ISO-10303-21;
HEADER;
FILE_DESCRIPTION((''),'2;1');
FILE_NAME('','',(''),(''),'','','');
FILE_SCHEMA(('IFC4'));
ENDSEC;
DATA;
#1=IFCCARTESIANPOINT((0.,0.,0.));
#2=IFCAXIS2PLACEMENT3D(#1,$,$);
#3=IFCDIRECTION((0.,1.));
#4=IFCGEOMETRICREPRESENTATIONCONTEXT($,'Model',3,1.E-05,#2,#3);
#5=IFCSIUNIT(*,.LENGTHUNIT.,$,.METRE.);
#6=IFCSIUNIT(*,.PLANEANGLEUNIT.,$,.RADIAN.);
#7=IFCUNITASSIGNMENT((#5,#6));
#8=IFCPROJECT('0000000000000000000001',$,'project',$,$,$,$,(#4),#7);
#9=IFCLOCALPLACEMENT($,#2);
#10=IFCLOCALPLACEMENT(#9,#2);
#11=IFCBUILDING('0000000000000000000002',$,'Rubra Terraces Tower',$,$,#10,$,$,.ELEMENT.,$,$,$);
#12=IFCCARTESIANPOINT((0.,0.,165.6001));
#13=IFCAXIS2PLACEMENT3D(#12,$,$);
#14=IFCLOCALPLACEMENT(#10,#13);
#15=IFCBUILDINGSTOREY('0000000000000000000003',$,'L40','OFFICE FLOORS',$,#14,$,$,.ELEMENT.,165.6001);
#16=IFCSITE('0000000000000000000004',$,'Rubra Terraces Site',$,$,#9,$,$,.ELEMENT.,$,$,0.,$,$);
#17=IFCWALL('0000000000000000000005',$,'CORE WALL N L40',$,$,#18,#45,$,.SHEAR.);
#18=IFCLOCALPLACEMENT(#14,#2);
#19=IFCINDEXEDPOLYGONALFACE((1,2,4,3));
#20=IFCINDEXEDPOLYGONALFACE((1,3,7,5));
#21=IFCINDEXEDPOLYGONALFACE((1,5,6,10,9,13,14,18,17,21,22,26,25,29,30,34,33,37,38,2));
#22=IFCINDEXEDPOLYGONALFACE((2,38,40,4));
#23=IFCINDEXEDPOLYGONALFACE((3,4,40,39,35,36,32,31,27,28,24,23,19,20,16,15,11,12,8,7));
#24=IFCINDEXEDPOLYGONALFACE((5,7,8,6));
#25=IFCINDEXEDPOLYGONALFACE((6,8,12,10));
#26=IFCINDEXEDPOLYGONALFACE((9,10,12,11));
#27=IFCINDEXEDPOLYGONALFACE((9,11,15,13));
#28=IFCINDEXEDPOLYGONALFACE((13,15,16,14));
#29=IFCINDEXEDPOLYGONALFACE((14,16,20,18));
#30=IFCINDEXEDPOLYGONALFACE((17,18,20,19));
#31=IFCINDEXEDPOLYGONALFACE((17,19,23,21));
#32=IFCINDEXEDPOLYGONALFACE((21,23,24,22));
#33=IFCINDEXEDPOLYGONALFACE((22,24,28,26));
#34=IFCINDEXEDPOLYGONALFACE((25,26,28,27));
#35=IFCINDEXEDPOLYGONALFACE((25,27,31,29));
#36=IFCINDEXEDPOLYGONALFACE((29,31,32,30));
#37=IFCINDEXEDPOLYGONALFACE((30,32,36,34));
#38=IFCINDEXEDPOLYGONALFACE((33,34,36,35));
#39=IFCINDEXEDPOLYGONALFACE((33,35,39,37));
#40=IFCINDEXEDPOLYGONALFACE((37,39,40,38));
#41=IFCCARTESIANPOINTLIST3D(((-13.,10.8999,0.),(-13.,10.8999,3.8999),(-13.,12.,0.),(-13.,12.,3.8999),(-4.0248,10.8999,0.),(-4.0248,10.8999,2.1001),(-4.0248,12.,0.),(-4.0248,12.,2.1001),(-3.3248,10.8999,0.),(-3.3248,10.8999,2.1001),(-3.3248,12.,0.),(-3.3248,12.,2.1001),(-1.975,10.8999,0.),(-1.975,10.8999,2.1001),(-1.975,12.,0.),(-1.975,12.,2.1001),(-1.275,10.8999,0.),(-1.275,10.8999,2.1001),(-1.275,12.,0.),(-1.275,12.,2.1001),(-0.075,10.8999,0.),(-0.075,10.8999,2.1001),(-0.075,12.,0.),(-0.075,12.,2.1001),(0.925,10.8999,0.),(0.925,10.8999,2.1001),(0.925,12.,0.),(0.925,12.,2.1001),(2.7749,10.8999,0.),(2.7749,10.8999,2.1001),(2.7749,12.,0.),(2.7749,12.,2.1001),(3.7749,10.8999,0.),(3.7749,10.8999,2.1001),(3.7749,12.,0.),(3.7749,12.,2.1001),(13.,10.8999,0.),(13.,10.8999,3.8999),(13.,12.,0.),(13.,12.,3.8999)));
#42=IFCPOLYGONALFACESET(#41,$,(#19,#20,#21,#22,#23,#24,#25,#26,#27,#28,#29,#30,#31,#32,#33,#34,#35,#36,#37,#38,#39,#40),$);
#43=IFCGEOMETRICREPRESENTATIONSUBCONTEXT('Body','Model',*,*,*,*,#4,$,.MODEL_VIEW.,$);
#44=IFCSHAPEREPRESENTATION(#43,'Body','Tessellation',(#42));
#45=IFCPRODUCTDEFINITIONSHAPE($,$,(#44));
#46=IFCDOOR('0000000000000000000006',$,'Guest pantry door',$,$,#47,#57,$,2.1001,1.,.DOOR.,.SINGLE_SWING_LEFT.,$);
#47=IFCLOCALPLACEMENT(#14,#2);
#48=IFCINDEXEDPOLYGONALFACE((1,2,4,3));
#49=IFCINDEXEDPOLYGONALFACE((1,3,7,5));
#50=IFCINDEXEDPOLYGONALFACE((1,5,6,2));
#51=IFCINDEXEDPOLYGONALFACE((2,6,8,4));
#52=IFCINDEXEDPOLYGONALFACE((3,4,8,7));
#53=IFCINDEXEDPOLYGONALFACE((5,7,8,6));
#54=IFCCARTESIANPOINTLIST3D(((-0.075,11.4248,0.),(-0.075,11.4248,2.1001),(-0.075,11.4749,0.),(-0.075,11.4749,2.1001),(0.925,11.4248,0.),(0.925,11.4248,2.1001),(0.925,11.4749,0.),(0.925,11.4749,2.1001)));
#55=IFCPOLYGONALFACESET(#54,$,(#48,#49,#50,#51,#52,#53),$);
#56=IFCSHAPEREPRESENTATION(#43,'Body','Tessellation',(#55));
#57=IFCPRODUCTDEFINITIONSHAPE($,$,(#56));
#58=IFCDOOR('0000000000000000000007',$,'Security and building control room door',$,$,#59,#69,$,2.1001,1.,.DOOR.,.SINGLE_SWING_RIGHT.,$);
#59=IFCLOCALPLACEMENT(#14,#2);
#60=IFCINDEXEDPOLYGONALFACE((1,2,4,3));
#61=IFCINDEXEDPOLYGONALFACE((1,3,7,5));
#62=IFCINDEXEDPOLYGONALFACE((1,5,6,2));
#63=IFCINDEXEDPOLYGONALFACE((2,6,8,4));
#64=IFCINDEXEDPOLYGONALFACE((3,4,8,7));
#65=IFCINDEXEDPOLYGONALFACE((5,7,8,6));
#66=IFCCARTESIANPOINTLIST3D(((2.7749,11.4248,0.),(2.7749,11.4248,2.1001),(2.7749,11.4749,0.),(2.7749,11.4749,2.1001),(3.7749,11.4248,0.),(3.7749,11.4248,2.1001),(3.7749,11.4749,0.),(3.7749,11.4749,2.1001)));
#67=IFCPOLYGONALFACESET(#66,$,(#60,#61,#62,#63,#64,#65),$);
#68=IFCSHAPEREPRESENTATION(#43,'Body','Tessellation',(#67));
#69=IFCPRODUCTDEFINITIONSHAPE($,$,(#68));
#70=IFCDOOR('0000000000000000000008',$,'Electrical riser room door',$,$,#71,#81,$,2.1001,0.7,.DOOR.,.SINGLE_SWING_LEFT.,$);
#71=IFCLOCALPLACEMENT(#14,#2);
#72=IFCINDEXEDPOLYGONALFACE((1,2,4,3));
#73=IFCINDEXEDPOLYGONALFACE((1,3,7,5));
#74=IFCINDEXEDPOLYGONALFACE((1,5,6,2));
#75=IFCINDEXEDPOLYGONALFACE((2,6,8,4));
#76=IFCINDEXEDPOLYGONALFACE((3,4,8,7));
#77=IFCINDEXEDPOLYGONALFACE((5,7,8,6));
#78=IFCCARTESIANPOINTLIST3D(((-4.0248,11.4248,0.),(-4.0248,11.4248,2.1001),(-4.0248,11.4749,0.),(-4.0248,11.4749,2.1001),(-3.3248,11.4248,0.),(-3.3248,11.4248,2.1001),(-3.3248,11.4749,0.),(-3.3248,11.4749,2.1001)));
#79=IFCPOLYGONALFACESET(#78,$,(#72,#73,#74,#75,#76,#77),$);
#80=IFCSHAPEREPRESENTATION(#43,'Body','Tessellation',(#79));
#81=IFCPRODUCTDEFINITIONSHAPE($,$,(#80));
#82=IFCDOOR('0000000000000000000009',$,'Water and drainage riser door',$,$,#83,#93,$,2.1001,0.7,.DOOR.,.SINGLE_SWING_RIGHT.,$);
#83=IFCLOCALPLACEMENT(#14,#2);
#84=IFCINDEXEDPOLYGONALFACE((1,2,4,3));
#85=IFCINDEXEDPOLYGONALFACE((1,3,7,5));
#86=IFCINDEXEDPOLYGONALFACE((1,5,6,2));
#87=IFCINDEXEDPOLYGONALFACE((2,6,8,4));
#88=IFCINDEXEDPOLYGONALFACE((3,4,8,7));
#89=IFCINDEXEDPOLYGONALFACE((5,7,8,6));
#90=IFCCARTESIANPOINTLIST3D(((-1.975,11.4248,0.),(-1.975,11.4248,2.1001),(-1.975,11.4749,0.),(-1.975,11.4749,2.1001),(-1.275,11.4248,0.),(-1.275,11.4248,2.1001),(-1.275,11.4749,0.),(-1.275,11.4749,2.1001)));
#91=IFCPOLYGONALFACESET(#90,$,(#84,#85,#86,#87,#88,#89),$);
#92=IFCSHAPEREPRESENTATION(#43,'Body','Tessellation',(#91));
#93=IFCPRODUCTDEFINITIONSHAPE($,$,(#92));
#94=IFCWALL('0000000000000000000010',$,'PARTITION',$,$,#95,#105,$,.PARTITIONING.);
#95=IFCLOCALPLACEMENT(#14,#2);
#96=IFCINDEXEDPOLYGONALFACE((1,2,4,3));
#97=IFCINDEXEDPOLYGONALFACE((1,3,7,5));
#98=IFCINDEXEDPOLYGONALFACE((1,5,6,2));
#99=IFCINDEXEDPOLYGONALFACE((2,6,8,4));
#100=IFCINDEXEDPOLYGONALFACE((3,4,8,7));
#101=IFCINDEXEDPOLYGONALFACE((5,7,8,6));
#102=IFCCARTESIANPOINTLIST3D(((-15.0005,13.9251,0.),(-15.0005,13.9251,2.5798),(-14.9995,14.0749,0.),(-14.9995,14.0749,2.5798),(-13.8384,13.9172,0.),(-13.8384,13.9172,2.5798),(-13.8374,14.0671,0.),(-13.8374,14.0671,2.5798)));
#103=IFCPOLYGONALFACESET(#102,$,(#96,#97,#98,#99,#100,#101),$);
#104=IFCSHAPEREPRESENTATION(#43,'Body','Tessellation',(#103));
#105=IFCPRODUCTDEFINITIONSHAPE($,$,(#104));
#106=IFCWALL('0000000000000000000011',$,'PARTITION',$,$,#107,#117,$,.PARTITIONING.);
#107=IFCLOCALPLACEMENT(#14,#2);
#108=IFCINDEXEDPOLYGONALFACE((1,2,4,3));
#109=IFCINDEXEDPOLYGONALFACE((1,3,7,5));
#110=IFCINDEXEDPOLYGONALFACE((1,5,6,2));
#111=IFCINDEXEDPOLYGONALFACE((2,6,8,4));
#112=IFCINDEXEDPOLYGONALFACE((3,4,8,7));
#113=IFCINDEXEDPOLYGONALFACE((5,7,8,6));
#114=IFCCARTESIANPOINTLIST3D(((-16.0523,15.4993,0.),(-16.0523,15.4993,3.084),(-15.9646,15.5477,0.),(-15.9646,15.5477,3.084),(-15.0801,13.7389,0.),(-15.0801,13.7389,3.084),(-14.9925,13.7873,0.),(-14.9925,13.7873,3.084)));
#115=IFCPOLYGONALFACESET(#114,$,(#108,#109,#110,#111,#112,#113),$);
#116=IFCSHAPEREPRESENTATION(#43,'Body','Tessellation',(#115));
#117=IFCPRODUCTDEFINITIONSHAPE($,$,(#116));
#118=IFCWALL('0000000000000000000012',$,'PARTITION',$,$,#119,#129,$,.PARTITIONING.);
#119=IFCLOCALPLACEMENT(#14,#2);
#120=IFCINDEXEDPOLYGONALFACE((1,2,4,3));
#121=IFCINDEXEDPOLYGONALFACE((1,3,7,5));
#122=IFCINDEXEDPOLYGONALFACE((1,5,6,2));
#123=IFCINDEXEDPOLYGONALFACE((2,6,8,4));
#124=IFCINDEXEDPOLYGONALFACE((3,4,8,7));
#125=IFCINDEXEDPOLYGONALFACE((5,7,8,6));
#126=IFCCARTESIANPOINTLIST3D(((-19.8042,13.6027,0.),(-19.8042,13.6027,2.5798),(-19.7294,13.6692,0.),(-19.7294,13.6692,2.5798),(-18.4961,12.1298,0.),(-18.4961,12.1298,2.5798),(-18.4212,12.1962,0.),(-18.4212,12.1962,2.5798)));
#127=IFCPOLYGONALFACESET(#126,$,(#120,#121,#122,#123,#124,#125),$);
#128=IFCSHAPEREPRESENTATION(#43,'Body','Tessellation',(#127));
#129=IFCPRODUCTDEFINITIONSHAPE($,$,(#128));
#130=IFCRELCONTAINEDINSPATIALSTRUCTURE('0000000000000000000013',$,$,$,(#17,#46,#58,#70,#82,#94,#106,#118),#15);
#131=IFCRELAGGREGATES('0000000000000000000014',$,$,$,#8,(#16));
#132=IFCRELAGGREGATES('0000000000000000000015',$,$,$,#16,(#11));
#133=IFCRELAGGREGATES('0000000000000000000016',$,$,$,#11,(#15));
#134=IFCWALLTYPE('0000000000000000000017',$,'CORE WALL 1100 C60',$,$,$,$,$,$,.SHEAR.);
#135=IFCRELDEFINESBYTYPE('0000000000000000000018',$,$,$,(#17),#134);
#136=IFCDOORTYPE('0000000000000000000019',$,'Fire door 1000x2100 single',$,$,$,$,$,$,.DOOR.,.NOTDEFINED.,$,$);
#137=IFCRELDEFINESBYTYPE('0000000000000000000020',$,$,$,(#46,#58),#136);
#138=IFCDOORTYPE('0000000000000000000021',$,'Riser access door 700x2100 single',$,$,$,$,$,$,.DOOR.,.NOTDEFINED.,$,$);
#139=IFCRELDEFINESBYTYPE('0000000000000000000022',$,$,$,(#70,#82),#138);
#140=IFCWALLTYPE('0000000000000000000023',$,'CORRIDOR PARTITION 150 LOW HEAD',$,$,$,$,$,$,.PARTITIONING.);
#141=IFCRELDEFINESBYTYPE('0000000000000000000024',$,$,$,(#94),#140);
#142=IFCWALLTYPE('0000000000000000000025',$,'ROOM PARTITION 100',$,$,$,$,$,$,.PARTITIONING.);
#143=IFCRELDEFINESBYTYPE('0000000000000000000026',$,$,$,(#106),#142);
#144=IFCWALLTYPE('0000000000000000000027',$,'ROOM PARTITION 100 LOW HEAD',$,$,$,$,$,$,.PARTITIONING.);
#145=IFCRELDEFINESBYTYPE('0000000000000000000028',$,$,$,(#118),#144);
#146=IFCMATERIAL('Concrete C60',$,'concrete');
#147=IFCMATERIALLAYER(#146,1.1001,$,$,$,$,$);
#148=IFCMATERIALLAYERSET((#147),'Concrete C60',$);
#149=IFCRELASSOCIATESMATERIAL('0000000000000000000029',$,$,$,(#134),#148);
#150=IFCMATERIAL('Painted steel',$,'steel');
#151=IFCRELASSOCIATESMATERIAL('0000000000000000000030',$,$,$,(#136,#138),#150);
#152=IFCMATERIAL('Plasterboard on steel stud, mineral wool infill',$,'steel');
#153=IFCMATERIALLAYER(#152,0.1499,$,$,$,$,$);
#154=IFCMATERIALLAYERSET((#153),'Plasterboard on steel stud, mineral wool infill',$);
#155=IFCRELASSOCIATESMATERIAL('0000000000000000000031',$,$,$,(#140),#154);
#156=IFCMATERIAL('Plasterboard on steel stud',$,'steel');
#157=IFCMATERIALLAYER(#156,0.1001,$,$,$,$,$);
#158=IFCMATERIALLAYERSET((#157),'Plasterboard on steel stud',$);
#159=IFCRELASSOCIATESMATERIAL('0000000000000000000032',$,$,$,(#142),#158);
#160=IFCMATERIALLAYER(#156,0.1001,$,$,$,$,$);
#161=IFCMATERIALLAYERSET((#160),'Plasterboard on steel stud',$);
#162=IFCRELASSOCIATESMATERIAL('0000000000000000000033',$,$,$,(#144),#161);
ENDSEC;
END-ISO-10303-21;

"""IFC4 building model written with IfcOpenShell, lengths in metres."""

from ifc_helpers import new_model, si_unit, direction, frame, frame_2d, origin, place, context, subcontext, project, spatial, rectangle, extrude, material, layer, layer_set, type_object, element, fill, save


model = new_model("IFC4")

# Units and contexts
model_context = context("Model", 3, precision=1e-05, world=origin(), true_north=direction((0.0, 1.0)))
body_context = subcontext(model_context, "Body", "Model", "MODEL_VIEW")
ifc_project = project(units=[si_unit("LENGTHUNIT", "METRE"), si_unit("PLANEANGLEUNIT", "RADIAN")], contexts=[model_context])

# Site, building, storey
site_placement = place(None, origin())
site = spatial("IfcSite", under=ifc_project, at=site_placement, Name="Rubra Terraces Site", CompositionType="ELEMENT", RefElevation=0.0)
building_placement = place(site_placement, origin())
building = spatial("IfcBuilding", under=site, at=building_placement, Name="Rubra Terraces Tower", CompositionType="ELEMENT")
storey_placement = place(building_placement, frame((0.0, 0.0, 165.6001)))
storey = spatial("IfcBuildingStorey", under=building, at=storey_placement, Name="L40", Description="OFFICE FLOORS", CompositionType="ELEMENT", Elevation=165.6001)

# Wall, openings, doors
ifc_material_1 = material(Name="Concrete C60", Category="concrete")
ifc_layer_1 = layer(ifc_material_1, 1.1001)
ifc_layer_set_1 = layer_set([ifc_layer_1], Name="Concrete C60")
wall_type_1 = type_object("IfcWallType", Name="CORE WALL 1100 C60", PredefinedType="SHEAR", material=ifc_layer_set_1)
wall_1_placement = place(storey_placement, frame((-13.0, 11.45, 0.0), z_axis=(0.0, 0.0, 1.0), x_axis=(1.0, 0.0, 0.0)))
wall_1 = element("IfcWall", 1, at=wall_1_placement, inside=storey, type_object=wall_type_1, Name="CORE WALL N L40", PredefinedType="SHEAR", context=body_context, shape_type="SweptSolid", body=[
    extrude(rectangle(XDim=26.0, YDim=1.1001, at=frame_2d((13.0, 0.0))), origin(), (0.0, 0.0, 1.0), 3.8999),
])
opening_1_placement = place(wall_1_placement, frame((8.9751, 0.0, 0.0)))
opening_1 = element("IfcOpeningElement", 2, at=opening_1_placement, cuts=wall_1, PredefinedType="OPENING", context=body_context, shape_type="SweptSolid", body=[
    extrude(rectangle(XDim=0.7, YDim=2.1001, at=frame_2d((0.3501, 1.05))), frame((0.0, 0.5601, 0.0), z_axis=(0.0, -1.0, 0.0), x_axis=(1.0, 0.0, 0.0)), (0.0, 0.0, 1.0), 1.1201),
])
opening_2_placement = place(wall_1_placement, frame((11.0249, 0.0, 0.0)))
opening_2 = element("IfcOpeningElement", 3, at=opening_2_placement, cuts=wall_1, PredefinedType="OPENING", context=body_context, shape_type="SweptSolid", body=[
    extrude(rectangle(XDim=0.7, YDim=2.1001, at=frame_2d((0.3501, 1.05))), frame((0.0, 0.5601, 0.0), z_axis=(0.0, -1.0, 0.0), x_axis=(1.0, 0.0, 0.0)), (0.0, 0.0, 1.0), 1.1201),
])
opening_3_placement = place(wall_1_placement, frame((12.925, 0.0, 0.0)))
opening_3 = element("IfcOpeningElement", 4, at=opening_3_placement, cuts=wall_1, PredefinedType="OPENING", context=body_context, shape_type="SweptSolid", body=[
    extrude(rectangle(XDim=1.0, YDim=2.1001, at=frame_2d((0.5, 1.05))), frame((0.0, 0.5601, 0.0), z_axis=(0.0, -1.0, 0.0), x_axis=(1.0, 0.0, 0.0)), (0.0, 0.0, 1.0), 1.1201),
])
opening_4_placement = place(wall_1_placement, frame((15.7749, 0.0, 0.0)))
opening_4 = element("IfcOpeningElement", 5, at=opening_4_placement, cuts=wall_1, PredefinedType="OPENING", context=body_context, shape_type="SweptSolid", body=[
    extrude(rectangle(XDim=1.0, YDim=2.1001, at=frame_2d((0.5, 1.05))), frame((0.0, 0.5601, 0.0), z_axis=(0.0, -1.0, 0.0), x_axis=(1.0, 0.0, 0.0)), (0.0, 0.0, 1.0), 1.1201),
])
ifc_material_2 = material(Name="Painted steel", Category="steel")
door_type_1 = type_object("IfcDoorType", Name="Fire door 1000x2100 single", OperationType="NOTDEFINED", PredefinedType="DOOR", material=ifc_material_2)
door_1_placement = place(opening_3_placement, origin())
door_1 = element("IfcDoor", 6, at=door_1_placement, inside=storey, type_object=door_type_1, Name="Guest pantry door", OperationType="SINGLE_SWING_LEFT", OverallHeight=2.1001, OverallWidth=1.0, PredefinedType="DOOR", context=body_context, shape_type="SweptSolid", body=[
    extrude(rectangle(XDim=1.0, YDim=2.1001, at=frame_2d((0.5, 1.05))), frame((0.0, 0.0249, 0.0), z_axis=(0.0, -1.0, 0.0), x_axis=(1.0, 0.0, 0.0)), (0.0, 0.0, 1.0), 0.05),
])
fill(opening_3, door_1)
door_2_placement = place(opening_4_placement, origin())
door_2 = element("IfcDoor", 7, at=door_2_placement, inside=storey, type_object=door_type_1, Name="Security and building control room door", OperationType="SINGLE_SWING_RIGHT", OverallHeight=2.1001, OverallWidth=1.0, PredefinedType="DOOR", context=body_context, shape_type="SweptSolid", body=[
    extrude(rectangle(XDim=1.0, YDim=2.1001, at=frame_2d((0.5, 1.05))), frame((0.0, 0.0249, 0.0), z_axis=(0.0, -1.0, 0.0), x_axis=(1.0, 0.0, 0.0)), (0.0, 0.0, 1.0), 0.05),
])
fill(opening_4, door_2)
door_type_2 = type_object("IfcDoorType", Name="Riser access door 700x2100 single", OperationType="NOTDEFINED", PredefinedType="DOOR", material=ifc_material_2)
door_3_placement = place(opening_1_placement, origin())
door_3 = element("IfcDoor", 8, at=door_3_placement, inside=storey, type_object=door_type_2, Name="Electrical riser room door", OperationType="SINGLE_SWING_LEFT", OverallHeight=2.1001, OverallWidth=0.7, PredefinedType="DOOR", context=body_context, shape_type="SweptSolid", body=[
    extrude(rectangle(XDim=0.7, YDim=2.1001, at=frame_2d((0.3501, 1.05))), frame((0.0, 0.0249, 0.0), z_axis=(0.0, -1.0, 0.0), x_axis=(1.0, 0.0, 0.0)), (0.0, 0.0, 1.0), 0.05),
])
fill(opening_1, door_3)
door_4_placement = place(opening_2_placement, origin())
door_4 = element("IfcDoor", 9, at=door_4_placement, inside=storey, type_object=door_type_2, Name="Water and drainage riser door", OperationType="SINGLE_SWING_RIGHT", OverallHeight=2.1001, OverallWidth=0.7, PredefinedType="DOOR", context=body_context, shape_type="SweptSolid", body=[
    extrude(rectangle(XDim=0.7, YDim=2.1001, at=frame_2d((0.3501, 1.05))), frame((0.0, 0.0249, 0.0), z_axis=(0.0, -1.0, 0.0), x_axis=(1.0, 0.0, 0.0)), (0.0, 0.0, 1.0), 0.05),
])
fill(opening_2, door_4)
ifc_material_3 = material(Name="Plasterboard on steel stud, mineral wool infill", Category="steel")

# Walls
ifc_layer_2 = layer(ifc_material_3, 0.1499)
ifc_layer_set_2 = layer_set([ifc_layer_2], Name="Plasterboard on steel stud, mineral wool infill")
wall_type_2 = type_object("IfcWallType", Name="CORRIDOR PARTITION 150 LOW HEAD", PredefinedType="PARTITIONING", material=ifc_layer_set_2)
wall_2_placement = place(storey_placement, frame((-13.8379, 13.9922, 0.0), z_axis=(0.0, 0.0, 1.0), x_axis=(-0.999977, 0.006723, 0.0)))
element("IfcWall", 10, at=wall_2_placement, inside=storey, type_object=wall_type_2, Name="PARTITION", PredefinedType="PARTITIONING", context=body_context, shape_type="SweptSolid", body=[
    extrude(rectangle(XDim=1.1621, YDim=0.1499, at=frame_2d((0.5811, 0.0))), origin(), (0.0, 0.0, 1.0), 2.5798),
])
ifc_material_4 = material(Name="Plasterboard on steel stud", Category="steel")
ifc_layer_3 = layer(ifc_material_4, 0.1001)
ifc_layer_set_3 = layer_set([ifc_layer_3], Name="Plasterboard on steel stud")
wall_type_3 = type_object("IfcWallType", Name="ROOM PARTITION 100", PredefinedType="PARTITIONING", material=ifc_layer_set_3)
wall_3_placement = place(storey_placement, frame((-15.0364, 13.7632, 0.0), z_axis=(0.0, 0.0, 1.0), x_axis=(-0.483405, 0.875397, 0.0)))
element("IfcWall", 11, at=wall_3_placement, inside=storey, type_object=wall_type_3, Name="PARTITION", PredefinedType="PARTITIONING", context=body_context, shape_type="SweptSolid", body=[
    extrude(rectangle(XDim=2.011, YDim=0.1001, at=frame_2d((1.0054, 0.0))), origin(), (0.0, 0.0, 1.0), 3.084),
])
ifc_layer_4 = layer(ifc_material_4, 0.1001)
ifc_layer_set_4 = layer_set([ifc_layer_4], Name="Plasterboard on steel stud")
wall_type_4 = type_object("IfcWallType", Name="ROOM PARTITION 100 LOW HEAD", PredefinedType="PARTITIONING", material=ifc_layer_set_4)
wall_4_placement = place(storey_placement, frame((-18.4587, 12.1631, 0.0), z_axis=(0.0, 0.0, 1.0), x_axis=(-0.664041, 0.747696, 0.0)))
element("IfcWall", 12, at=wall_4_placement, inside=storey, type_object=wall_type_4, Name="PARTITION", PredefinedType="PARTITIONING", context=body_context, shape_type="SweptSolid", body=[
    extrude(rectangle(XDim=1.97, YDim=0.1001, at=frame_2d((0.9849, 0.0))), origin(), (0.0, 0.0, 1.0), 2.5798),
])

save(model, "model.ifc")
